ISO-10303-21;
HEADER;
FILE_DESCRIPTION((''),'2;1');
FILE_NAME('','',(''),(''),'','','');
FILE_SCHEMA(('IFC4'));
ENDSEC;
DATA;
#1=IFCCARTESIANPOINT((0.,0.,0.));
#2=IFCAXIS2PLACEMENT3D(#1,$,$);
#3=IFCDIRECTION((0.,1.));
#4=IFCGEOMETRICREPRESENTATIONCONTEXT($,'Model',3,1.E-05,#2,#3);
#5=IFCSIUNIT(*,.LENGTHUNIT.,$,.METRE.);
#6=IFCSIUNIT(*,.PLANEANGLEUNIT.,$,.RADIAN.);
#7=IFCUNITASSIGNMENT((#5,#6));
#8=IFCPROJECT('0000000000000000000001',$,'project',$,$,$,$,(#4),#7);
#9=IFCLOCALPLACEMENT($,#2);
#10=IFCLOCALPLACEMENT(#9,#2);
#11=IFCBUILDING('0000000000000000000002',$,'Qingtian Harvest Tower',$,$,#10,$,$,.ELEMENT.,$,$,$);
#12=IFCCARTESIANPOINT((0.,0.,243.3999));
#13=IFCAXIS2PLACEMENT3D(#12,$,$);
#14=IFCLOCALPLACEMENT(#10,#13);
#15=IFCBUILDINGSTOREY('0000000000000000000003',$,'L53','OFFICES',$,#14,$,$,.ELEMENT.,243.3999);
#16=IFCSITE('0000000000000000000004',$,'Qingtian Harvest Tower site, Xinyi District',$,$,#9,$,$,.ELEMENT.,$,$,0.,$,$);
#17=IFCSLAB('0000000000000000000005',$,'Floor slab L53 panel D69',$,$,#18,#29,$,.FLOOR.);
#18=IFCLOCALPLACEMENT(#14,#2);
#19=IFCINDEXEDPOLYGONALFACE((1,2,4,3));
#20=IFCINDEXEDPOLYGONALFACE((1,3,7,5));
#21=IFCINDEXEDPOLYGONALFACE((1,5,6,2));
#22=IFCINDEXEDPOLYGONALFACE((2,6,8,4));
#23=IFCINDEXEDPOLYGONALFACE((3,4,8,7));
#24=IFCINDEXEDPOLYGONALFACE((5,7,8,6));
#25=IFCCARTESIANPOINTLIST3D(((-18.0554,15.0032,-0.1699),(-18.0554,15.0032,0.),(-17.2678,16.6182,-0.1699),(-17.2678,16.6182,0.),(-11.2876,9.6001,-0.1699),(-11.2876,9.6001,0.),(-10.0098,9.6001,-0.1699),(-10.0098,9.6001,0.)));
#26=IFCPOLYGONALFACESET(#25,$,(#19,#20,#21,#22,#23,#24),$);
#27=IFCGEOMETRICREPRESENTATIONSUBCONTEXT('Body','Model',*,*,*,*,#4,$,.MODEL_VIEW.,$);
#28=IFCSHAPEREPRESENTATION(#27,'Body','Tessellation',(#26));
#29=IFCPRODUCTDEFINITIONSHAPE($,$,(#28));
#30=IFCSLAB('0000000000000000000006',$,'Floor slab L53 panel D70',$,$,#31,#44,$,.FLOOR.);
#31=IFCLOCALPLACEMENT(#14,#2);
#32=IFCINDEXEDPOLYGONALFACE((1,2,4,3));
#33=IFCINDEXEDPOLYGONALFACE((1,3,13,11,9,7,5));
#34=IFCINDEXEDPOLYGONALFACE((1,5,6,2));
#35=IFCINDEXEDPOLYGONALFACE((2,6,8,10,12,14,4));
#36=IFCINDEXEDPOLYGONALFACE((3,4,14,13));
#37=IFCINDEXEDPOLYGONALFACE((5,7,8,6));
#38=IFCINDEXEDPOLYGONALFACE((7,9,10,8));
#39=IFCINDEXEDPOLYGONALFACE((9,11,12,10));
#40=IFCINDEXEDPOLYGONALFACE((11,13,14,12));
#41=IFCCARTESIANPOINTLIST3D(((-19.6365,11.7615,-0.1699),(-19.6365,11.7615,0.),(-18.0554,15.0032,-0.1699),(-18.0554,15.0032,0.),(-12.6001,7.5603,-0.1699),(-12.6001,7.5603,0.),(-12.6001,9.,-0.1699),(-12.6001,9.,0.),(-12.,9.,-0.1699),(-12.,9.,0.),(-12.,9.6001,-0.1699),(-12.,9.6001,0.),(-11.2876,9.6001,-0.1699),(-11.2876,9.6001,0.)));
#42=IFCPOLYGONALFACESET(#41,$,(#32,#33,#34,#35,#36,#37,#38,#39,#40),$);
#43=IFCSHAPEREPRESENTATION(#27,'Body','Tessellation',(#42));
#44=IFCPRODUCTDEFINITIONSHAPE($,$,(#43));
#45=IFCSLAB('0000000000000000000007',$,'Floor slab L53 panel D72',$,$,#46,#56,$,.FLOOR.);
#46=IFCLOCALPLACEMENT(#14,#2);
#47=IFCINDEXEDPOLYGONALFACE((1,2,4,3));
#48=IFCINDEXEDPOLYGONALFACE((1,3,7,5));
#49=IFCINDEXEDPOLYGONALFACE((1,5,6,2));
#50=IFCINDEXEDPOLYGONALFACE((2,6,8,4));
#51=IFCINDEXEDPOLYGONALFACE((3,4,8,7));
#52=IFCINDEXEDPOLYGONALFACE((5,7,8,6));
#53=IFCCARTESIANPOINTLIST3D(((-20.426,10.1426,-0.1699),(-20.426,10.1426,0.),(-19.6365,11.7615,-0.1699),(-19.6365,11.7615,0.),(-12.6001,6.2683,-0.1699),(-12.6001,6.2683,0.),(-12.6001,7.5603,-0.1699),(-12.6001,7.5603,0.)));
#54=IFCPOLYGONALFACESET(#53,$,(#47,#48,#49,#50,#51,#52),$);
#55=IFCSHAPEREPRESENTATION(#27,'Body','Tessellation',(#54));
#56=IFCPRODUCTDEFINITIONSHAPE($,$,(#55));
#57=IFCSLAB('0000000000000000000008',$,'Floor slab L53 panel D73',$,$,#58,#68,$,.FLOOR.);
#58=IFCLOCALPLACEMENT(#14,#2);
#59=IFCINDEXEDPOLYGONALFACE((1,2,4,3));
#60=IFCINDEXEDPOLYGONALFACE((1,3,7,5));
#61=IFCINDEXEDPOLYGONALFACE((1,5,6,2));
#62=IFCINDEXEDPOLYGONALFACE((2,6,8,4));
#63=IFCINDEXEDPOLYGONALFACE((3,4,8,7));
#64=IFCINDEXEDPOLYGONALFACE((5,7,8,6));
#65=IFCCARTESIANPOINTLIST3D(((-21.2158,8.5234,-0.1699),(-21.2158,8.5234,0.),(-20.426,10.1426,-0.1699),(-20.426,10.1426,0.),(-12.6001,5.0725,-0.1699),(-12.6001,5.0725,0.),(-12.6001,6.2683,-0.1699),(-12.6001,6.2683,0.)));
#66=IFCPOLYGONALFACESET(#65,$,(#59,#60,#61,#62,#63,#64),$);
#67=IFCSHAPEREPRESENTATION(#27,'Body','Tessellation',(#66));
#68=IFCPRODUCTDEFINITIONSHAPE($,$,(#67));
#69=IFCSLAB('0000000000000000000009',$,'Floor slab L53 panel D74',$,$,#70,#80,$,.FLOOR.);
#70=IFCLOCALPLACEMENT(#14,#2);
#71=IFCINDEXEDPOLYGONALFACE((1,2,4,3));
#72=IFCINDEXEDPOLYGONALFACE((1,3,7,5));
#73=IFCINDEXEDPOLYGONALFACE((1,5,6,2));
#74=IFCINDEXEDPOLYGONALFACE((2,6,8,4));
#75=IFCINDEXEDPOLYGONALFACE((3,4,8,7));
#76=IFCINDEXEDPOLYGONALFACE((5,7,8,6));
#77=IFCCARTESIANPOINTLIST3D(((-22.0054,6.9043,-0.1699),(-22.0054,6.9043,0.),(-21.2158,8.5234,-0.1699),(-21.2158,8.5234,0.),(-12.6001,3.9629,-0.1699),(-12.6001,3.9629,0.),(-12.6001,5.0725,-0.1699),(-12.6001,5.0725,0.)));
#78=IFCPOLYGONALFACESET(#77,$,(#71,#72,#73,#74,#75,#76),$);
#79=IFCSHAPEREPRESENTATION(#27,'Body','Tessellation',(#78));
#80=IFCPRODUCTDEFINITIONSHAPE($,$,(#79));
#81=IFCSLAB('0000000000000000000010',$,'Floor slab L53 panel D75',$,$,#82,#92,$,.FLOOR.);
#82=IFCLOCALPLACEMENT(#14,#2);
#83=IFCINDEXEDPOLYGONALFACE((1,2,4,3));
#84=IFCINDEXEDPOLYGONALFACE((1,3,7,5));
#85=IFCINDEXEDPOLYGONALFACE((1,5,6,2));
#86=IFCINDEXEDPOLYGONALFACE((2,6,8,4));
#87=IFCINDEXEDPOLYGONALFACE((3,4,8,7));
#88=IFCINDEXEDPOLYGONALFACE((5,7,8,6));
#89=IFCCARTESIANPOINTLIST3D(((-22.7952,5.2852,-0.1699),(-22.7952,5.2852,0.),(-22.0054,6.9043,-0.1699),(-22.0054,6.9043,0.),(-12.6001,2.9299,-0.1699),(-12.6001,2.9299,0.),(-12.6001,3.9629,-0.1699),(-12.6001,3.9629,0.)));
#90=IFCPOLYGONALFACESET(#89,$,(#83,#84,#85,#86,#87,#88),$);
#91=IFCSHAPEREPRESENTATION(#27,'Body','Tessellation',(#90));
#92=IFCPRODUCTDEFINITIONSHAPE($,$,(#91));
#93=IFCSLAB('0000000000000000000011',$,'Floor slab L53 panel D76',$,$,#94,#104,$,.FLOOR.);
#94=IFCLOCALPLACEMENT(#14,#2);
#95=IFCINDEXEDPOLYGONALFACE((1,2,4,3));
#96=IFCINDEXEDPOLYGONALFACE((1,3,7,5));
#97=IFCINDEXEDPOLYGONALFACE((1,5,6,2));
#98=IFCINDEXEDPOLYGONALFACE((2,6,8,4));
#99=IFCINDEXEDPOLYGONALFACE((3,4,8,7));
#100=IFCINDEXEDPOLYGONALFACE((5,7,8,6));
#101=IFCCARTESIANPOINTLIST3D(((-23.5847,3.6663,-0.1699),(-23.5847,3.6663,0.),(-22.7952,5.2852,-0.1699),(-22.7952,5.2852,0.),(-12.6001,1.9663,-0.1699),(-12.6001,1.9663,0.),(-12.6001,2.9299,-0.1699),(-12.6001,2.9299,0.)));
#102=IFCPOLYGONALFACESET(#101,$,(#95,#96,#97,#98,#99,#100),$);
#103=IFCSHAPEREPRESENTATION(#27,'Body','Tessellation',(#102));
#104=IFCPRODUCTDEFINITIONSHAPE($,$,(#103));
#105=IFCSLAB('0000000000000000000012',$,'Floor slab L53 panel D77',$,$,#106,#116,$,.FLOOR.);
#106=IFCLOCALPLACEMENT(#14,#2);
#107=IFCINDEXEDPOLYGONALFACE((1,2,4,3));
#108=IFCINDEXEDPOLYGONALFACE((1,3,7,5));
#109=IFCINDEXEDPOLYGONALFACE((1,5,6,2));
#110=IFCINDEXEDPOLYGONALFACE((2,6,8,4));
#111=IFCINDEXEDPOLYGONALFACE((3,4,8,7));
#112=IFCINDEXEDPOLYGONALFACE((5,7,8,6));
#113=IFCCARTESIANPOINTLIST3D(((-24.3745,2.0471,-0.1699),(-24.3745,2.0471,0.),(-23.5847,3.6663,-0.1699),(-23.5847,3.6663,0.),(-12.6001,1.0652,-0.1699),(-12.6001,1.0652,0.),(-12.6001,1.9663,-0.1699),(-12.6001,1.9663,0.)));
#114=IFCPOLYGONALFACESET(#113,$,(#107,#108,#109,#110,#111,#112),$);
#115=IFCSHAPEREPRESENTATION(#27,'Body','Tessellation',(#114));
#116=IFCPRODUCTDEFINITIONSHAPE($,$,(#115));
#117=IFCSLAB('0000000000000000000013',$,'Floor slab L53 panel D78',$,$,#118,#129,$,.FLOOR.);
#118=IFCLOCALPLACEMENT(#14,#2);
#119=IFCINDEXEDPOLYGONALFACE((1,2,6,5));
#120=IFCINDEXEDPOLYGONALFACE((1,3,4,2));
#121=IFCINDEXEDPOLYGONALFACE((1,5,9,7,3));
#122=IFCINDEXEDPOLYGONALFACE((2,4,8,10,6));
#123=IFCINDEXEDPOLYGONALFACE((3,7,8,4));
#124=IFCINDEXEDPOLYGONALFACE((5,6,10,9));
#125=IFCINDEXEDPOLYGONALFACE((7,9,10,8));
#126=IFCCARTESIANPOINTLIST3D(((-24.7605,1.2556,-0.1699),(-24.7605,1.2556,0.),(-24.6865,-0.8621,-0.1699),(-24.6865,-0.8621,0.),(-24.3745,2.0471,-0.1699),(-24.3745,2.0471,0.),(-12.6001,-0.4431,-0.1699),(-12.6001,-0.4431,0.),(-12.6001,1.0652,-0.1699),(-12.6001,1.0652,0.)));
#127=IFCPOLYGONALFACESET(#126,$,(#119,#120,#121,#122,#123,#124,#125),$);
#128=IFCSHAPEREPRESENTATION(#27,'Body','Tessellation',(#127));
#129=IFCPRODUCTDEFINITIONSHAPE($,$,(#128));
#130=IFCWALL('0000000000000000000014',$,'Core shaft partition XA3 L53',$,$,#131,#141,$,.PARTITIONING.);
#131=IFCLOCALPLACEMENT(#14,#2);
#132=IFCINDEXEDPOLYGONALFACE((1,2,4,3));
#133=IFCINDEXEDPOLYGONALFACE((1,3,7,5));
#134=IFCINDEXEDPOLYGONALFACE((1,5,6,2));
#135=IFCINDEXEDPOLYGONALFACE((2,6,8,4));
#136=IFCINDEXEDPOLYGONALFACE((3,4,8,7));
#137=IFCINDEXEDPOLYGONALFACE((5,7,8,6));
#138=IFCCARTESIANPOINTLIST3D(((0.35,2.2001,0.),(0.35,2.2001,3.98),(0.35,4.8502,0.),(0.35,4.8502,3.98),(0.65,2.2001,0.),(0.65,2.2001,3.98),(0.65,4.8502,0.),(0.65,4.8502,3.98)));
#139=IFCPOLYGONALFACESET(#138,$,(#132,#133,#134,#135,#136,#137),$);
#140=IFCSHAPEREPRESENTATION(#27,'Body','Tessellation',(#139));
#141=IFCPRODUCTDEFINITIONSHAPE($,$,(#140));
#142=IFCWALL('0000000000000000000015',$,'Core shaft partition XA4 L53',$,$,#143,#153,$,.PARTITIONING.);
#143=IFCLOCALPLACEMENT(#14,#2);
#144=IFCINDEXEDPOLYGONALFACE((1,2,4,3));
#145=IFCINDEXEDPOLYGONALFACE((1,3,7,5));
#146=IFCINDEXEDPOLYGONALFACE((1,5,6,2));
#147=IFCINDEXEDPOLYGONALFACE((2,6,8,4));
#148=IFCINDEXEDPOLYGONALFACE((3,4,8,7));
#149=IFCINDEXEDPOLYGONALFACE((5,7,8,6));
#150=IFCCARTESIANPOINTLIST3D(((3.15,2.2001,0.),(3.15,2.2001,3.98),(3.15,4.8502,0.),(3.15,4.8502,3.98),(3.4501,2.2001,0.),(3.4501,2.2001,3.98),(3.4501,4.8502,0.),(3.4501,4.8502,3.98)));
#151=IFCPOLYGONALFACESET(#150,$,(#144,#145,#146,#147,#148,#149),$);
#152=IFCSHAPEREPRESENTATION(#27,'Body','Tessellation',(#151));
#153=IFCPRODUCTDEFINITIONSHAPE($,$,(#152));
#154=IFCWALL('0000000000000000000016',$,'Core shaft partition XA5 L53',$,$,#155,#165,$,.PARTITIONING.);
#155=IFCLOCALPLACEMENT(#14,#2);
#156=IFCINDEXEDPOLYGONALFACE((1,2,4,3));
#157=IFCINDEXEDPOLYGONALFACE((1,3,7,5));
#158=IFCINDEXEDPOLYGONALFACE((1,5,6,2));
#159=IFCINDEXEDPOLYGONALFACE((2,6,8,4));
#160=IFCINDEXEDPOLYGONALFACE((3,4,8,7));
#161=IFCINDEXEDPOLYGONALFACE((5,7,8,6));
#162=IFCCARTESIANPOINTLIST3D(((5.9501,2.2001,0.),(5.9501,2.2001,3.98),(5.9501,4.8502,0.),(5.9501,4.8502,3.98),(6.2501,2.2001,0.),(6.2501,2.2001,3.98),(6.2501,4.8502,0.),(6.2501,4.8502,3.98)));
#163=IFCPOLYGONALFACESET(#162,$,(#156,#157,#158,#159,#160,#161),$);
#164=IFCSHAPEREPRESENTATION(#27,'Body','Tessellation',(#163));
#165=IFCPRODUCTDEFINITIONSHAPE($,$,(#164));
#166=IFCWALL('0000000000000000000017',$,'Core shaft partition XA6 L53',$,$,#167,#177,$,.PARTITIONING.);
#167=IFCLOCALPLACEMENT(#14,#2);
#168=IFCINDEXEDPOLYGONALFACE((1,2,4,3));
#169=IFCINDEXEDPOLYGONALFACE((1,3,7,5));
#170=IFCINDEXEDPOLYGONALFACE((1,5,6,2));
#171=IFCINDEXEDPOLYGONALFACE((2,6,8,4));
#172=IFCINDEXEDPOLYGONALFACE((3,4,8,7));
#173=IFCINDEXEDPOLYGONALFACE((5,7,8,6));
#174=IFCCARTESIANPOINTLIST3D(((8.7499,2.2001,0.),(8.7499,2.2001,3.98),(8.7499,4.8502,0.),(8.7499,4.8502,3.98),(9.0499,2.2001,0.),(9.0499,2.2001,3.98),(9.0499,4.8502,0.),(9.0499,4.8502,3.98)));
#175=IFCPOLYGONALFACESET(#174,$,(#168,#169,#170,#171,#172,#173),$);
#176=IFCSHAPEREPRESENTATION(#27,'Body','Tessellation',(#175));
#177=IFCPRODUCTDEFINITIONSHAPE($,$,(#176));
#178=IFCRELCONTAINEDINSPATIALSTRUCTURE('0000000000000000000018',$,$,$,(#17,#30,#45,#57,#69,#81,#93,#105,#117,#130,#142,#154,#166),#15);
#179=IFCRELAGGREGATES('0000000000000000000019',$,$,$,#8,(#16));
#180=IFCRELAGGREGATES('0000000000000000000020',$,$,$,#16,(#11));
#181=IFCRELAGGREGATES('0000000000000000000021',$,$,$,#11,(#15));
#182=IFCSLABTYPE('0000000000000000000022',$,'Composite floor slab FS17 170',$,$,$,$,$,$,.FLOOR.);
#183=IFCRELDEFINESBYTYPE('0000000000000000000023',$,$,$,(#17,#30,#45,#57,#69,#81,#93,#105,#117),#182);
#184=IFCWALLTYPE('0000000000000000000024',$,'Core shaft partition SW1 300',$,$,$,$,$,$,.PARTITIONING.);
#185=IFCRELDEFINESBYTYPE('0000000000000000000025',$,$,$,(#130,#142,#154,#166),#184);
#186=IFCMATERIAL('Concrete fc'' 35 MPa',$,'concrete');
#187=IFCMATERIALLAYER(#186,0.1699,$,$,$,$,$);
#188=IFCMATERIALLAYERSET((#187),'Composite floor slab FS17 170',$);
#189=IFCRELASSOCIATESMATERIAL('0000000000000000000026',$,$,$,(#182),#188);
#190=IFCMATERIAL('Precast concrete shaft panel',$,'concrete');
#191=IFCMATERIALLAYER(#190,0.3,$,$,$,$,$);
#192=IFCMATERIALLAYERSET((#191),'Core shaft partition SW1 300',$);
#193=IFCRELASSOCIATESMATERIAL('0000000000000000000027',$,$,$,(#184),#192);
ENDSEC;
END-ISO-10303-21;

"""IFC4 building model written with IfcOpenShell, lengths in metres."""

from ifc_helpers import new_model, si_unit, direction, frame, frame_2d, origin, place, context, subcontext, project, spatial, polyline, rectangle, outline, extrude, material, layer, layer_set, type_object, element, save


model = new_model("IFC4")

# Units and contexts
model_context = context("Model", 3, precision=1e-05, world=origin(), true_north=direction((0.0, 1.0)))
body_context = subcontext(model_context, "Body", "Model", "MODEL_VIEW")
ifc_project = project(units=[si_unit("LENGTHUNIT", "METRE"), si_unit("PLANEANGLEUNIT", "RADIAN")], contexts=[model_context])

# Site, building, storey
site_placement = place(None, origin())
site = spatial("IfcSite", under=ifc_project, at=site_placement, Name="Qingtian Harvest Tower site, Xinyi District", CompositionType="ELEMENT", RefElevation=0.0)
building_placement = place(site_placement, origin())
building = spatial("IfcBuilding", under=site, at=building_placement, Name="Qingtian Harvest Tower", CompositionType="ELEMENT")
storey_placement = place(building_placement, frame((0.0, 0.0, 243.3999)))
storey = spatial("IfcBuildingStorey", under=building, at=storey_placement, Name="L53", Description="OFFICES", CompositionType="ELEMENT", Elevation=243.3999)

# Slabs
ifc_material_1 = material(Name="Concrete fc' 35 MPa", Category="concrete")
ifc_layer_1 = layer(ifc_material_1, 0.1699)
ifc_layer_set_1 = layer_set([ifc_layer_1], Name="Composite floor slab FS17 170")
slab_type = type_object("IfcSlabType", Name="Composite floor slab FS17 170", PredefinedType="FLOOR", material=ifc_layer_set_1)
slab_1_placement = place(storey_placement, frame((0.0, 0.0, -0.1699)))
element("IfcSlab", 1, at=slab_1_placement, inside=storey, type_object=slab_type, Name="Floor slab L53 panel D69", PredefinedType="FLOOR", context=body_context, shape_type="SweptSolid", body=[
    extrude(outline(polyline([(-11.2876, 9.6001), (-18.0554, 15.0032), (-17.2678, 16.6182), (-10.0098, 9.6001), (-11.2876, 9.6001)])), origin(), (0.0, 0.0, 1.0), 0.1699),
])
slab_2_placement = place(storey_placement, frame((0.0, 0.0, -0.1699)))
element("IfcSlab", 2, at=slab_2_placement, inside=storey, type_object=slab_type, Name="Floor slab L53 panel D70", PredefinedType="FLOOR", context=body_context, shape_type="SweptSolid", body=[
    extrude(outline(polyline([(-12.0, 9.0), (-12.6001, 9.0), (-12.6001, 7.5603), (-19.6365, 11.7615), (-18.0554, 15.0032), (-11.2876, 9.6001), (-12.0, 9.6001), (-12.0, 9.0)])), origin(), (0.0, 0.0, 1.0), 0.1699),
])
slab_3_placement = place(storey_placement, frame((0.0, 0.0, -0.1699)))
element("IfcSlab", 3, at=slab_3_placement, inside=storey, type_object=slab_type, Name="Floor slab L53 panel D72", PredefinedType="FLOOR", context=body_context, shape_type="SweptSolid", body=[
    extrude(outline(polyline([(-12.6001, 6.2683), (-20.426, 10.1426), (-19.6365, 11.7615), (-12.6001, 7.5603), (-12.6001, 6.2683)])), origin(), (0.0, 0.0, 1.0), 0.1699),
])
slab_4_placement = place(storey_placement, frame((0.0, 0.0, -0.1699)))
element("IfcSlab", 4, at=slab_4_placement, inside=storey, type_object=slab_type, Name="Floor slab L53 panel D73", PredefinedType="FLOOR", context=body_context, shape_type="SweptSolid", body=[
    extrude(outline(polyline([(-12.6001, 5.0725), (-21.2158, 8.5234), (-20.426, 10.1426), (-12.6001, 6.2683), (-12.6001, 5.0725)])), origin(), (0.0, 0.0, 1.0), 0.1699),
])
slab_5_placement = place(storey_placement, frame((0.0, 0.0, -0.1699)))
element("IfcSlab", 5, at=slab_5_placement, inside=storey, type_object=slab_type, Name="Floor slab L53 panel D74", PredefinedType="FLOOR", context=body_context, shape_type="SweptSolid", body=[
    extrude(outline(polyline([(-12.6001, 3.9629), (-22.0054, 6.9043), (-21.2158, 8.5234), (-12.6001, 5.0725), (-12.6001, 3.9629)])), origin(), (0.0, 0.0, 1.0), 0.1699),
])
slab_6_placement = place(storey_placement, frame((0.0, 0.0, -0.1699)))
element("IfcSlab", 6, at=slab_6_placement, inside=storey, type_object=slab_type, Name="Floor slab L53 panel D75", PredefinedType="FLOOR", context=body_context, shape_type="SweptSolid", body=[
    extrude(outline(polyline([(-12.6001, 2.9299), (-22.7952, 5.2852), (-22.0054, 6.9043), (-12.6001, 3.9629), (-12.6001, 2.9299)])), origin(), (0.0, 0.0, 1.0), 0.1699),
])
slab_7_placement = place(storey_placement, frame((0.0, 0.0, -0.1699)))
element("IfcSlab", 7, at=slab_7_placement, inside=storey, type_object=slab_type, Name="Floor slab L53 panel D76", PredefinedType="FLOOR", context=body_context, shape_type="SweptSolid", body=[
    extrude(outline(polyline([(-12.6001, 1.9663), (-23.5847, 3.6663), (-22.7952, 5.2852), (-12.6001, 2.9299), (-12.6001, 1.9663)])), origin(), (0.0, 0.0, 1.0), 0.1699),
])
slab_8_placement = place(storey_placement, frame((0.0, 0.0, -0.1699)))
element("IfcSlab", 8, at=slab_8_placement, inside=storey, type_object=slab_type, Name="Floor slab L53 panel D77", PredefinedType="FLOOR", context=body_context, shape_type="SweptSolid", body=[
    extrude(outline(polyline([(-12.6001, 1.0652), (-24.3745, 2.0471), (-23.5847, 3.6663), (-12.6001, 1.9663), (-12.6001, 1.0652)])), origin(), (0.0, 0.0, 1.0), 0.1699),
])
slab_9_placement = place(storey_placement, frame((0.0, 0.0, -0.1699)))
element("IfcSlab", 9, at=slab_9_placement, inside=storey, type_object=slab_type, Name="Floor slab L53 panel D78", PredefinedType="FLOOR", context=body_context, shape_type="SweptSolid", body=[
    extrude(outline(polyline([(-12.6001, 1.0652), (-12.6001, -0.4431), (-24.6865, -0.8621), (-24.7605, 1.2556), (-24.3745, 2.0471), (-12.6001, 1.0652)])), origin(), (0.0, 0.0, 1.0), 0.1699),
])

# Shared definitions
ifc_material_2 = material(Name="Precast concrete shaft panel", Category="concrete")
ifc_layer_2 = layer(ifc_material_2, 0.3)
ifc_layer_set_2 = layer_set([ifc_layer_2], Name="Core shaft partition SW1 300")
wall_type_1 = type_object("IfcWallType", Name="Core shaft partition SW1 300", PredefinedType="PARTITIONING", material=ifc_layer_set_2)

# Walls
for number, where, z_axis, x_axis, name in (
    (10, (0.5, 2.2, 0.0), (0.0, 0.0, 1.0), (0.0, 1.0, 0.0), "Core shaft partition XA3 L53"),
    (11, (3.3, 2.2, 0.0), (0.0, 0.0, 1.0), (0.0, 1.0, 0.0), "Core shaft partition XA4 L53"),
    (12, (6.1001, 2.2, 0.0), (0.0, 0.0, 1.0), (0.0, 1.0, 0.0), "Core shaft partition XA5 L53"),
    (13, (8.8999, 2.2, 0.0), (0.0, 0.0, 1.0), (0.0, 1.0, 0.0), "Core shaft partition XA6 L53"),
):
    element("IfcWall", number, at=place(storey_placement, frame(where, z_axis=z_axis, x_axis=x_axis)), inside=storey, type_object=wall_type_1, Name=name, PredefinedType="PARTITIONING", context=body_context, shape_type="SweptSolid", body=[
        extrude(rectangle(XDim=2.6501, YDim=0.3, at=frame_2d((1.3252, 0.0))), origin(), (0.0, 0.0, 1.0), 3.98),
    ])

save(model, "model.ifc")
